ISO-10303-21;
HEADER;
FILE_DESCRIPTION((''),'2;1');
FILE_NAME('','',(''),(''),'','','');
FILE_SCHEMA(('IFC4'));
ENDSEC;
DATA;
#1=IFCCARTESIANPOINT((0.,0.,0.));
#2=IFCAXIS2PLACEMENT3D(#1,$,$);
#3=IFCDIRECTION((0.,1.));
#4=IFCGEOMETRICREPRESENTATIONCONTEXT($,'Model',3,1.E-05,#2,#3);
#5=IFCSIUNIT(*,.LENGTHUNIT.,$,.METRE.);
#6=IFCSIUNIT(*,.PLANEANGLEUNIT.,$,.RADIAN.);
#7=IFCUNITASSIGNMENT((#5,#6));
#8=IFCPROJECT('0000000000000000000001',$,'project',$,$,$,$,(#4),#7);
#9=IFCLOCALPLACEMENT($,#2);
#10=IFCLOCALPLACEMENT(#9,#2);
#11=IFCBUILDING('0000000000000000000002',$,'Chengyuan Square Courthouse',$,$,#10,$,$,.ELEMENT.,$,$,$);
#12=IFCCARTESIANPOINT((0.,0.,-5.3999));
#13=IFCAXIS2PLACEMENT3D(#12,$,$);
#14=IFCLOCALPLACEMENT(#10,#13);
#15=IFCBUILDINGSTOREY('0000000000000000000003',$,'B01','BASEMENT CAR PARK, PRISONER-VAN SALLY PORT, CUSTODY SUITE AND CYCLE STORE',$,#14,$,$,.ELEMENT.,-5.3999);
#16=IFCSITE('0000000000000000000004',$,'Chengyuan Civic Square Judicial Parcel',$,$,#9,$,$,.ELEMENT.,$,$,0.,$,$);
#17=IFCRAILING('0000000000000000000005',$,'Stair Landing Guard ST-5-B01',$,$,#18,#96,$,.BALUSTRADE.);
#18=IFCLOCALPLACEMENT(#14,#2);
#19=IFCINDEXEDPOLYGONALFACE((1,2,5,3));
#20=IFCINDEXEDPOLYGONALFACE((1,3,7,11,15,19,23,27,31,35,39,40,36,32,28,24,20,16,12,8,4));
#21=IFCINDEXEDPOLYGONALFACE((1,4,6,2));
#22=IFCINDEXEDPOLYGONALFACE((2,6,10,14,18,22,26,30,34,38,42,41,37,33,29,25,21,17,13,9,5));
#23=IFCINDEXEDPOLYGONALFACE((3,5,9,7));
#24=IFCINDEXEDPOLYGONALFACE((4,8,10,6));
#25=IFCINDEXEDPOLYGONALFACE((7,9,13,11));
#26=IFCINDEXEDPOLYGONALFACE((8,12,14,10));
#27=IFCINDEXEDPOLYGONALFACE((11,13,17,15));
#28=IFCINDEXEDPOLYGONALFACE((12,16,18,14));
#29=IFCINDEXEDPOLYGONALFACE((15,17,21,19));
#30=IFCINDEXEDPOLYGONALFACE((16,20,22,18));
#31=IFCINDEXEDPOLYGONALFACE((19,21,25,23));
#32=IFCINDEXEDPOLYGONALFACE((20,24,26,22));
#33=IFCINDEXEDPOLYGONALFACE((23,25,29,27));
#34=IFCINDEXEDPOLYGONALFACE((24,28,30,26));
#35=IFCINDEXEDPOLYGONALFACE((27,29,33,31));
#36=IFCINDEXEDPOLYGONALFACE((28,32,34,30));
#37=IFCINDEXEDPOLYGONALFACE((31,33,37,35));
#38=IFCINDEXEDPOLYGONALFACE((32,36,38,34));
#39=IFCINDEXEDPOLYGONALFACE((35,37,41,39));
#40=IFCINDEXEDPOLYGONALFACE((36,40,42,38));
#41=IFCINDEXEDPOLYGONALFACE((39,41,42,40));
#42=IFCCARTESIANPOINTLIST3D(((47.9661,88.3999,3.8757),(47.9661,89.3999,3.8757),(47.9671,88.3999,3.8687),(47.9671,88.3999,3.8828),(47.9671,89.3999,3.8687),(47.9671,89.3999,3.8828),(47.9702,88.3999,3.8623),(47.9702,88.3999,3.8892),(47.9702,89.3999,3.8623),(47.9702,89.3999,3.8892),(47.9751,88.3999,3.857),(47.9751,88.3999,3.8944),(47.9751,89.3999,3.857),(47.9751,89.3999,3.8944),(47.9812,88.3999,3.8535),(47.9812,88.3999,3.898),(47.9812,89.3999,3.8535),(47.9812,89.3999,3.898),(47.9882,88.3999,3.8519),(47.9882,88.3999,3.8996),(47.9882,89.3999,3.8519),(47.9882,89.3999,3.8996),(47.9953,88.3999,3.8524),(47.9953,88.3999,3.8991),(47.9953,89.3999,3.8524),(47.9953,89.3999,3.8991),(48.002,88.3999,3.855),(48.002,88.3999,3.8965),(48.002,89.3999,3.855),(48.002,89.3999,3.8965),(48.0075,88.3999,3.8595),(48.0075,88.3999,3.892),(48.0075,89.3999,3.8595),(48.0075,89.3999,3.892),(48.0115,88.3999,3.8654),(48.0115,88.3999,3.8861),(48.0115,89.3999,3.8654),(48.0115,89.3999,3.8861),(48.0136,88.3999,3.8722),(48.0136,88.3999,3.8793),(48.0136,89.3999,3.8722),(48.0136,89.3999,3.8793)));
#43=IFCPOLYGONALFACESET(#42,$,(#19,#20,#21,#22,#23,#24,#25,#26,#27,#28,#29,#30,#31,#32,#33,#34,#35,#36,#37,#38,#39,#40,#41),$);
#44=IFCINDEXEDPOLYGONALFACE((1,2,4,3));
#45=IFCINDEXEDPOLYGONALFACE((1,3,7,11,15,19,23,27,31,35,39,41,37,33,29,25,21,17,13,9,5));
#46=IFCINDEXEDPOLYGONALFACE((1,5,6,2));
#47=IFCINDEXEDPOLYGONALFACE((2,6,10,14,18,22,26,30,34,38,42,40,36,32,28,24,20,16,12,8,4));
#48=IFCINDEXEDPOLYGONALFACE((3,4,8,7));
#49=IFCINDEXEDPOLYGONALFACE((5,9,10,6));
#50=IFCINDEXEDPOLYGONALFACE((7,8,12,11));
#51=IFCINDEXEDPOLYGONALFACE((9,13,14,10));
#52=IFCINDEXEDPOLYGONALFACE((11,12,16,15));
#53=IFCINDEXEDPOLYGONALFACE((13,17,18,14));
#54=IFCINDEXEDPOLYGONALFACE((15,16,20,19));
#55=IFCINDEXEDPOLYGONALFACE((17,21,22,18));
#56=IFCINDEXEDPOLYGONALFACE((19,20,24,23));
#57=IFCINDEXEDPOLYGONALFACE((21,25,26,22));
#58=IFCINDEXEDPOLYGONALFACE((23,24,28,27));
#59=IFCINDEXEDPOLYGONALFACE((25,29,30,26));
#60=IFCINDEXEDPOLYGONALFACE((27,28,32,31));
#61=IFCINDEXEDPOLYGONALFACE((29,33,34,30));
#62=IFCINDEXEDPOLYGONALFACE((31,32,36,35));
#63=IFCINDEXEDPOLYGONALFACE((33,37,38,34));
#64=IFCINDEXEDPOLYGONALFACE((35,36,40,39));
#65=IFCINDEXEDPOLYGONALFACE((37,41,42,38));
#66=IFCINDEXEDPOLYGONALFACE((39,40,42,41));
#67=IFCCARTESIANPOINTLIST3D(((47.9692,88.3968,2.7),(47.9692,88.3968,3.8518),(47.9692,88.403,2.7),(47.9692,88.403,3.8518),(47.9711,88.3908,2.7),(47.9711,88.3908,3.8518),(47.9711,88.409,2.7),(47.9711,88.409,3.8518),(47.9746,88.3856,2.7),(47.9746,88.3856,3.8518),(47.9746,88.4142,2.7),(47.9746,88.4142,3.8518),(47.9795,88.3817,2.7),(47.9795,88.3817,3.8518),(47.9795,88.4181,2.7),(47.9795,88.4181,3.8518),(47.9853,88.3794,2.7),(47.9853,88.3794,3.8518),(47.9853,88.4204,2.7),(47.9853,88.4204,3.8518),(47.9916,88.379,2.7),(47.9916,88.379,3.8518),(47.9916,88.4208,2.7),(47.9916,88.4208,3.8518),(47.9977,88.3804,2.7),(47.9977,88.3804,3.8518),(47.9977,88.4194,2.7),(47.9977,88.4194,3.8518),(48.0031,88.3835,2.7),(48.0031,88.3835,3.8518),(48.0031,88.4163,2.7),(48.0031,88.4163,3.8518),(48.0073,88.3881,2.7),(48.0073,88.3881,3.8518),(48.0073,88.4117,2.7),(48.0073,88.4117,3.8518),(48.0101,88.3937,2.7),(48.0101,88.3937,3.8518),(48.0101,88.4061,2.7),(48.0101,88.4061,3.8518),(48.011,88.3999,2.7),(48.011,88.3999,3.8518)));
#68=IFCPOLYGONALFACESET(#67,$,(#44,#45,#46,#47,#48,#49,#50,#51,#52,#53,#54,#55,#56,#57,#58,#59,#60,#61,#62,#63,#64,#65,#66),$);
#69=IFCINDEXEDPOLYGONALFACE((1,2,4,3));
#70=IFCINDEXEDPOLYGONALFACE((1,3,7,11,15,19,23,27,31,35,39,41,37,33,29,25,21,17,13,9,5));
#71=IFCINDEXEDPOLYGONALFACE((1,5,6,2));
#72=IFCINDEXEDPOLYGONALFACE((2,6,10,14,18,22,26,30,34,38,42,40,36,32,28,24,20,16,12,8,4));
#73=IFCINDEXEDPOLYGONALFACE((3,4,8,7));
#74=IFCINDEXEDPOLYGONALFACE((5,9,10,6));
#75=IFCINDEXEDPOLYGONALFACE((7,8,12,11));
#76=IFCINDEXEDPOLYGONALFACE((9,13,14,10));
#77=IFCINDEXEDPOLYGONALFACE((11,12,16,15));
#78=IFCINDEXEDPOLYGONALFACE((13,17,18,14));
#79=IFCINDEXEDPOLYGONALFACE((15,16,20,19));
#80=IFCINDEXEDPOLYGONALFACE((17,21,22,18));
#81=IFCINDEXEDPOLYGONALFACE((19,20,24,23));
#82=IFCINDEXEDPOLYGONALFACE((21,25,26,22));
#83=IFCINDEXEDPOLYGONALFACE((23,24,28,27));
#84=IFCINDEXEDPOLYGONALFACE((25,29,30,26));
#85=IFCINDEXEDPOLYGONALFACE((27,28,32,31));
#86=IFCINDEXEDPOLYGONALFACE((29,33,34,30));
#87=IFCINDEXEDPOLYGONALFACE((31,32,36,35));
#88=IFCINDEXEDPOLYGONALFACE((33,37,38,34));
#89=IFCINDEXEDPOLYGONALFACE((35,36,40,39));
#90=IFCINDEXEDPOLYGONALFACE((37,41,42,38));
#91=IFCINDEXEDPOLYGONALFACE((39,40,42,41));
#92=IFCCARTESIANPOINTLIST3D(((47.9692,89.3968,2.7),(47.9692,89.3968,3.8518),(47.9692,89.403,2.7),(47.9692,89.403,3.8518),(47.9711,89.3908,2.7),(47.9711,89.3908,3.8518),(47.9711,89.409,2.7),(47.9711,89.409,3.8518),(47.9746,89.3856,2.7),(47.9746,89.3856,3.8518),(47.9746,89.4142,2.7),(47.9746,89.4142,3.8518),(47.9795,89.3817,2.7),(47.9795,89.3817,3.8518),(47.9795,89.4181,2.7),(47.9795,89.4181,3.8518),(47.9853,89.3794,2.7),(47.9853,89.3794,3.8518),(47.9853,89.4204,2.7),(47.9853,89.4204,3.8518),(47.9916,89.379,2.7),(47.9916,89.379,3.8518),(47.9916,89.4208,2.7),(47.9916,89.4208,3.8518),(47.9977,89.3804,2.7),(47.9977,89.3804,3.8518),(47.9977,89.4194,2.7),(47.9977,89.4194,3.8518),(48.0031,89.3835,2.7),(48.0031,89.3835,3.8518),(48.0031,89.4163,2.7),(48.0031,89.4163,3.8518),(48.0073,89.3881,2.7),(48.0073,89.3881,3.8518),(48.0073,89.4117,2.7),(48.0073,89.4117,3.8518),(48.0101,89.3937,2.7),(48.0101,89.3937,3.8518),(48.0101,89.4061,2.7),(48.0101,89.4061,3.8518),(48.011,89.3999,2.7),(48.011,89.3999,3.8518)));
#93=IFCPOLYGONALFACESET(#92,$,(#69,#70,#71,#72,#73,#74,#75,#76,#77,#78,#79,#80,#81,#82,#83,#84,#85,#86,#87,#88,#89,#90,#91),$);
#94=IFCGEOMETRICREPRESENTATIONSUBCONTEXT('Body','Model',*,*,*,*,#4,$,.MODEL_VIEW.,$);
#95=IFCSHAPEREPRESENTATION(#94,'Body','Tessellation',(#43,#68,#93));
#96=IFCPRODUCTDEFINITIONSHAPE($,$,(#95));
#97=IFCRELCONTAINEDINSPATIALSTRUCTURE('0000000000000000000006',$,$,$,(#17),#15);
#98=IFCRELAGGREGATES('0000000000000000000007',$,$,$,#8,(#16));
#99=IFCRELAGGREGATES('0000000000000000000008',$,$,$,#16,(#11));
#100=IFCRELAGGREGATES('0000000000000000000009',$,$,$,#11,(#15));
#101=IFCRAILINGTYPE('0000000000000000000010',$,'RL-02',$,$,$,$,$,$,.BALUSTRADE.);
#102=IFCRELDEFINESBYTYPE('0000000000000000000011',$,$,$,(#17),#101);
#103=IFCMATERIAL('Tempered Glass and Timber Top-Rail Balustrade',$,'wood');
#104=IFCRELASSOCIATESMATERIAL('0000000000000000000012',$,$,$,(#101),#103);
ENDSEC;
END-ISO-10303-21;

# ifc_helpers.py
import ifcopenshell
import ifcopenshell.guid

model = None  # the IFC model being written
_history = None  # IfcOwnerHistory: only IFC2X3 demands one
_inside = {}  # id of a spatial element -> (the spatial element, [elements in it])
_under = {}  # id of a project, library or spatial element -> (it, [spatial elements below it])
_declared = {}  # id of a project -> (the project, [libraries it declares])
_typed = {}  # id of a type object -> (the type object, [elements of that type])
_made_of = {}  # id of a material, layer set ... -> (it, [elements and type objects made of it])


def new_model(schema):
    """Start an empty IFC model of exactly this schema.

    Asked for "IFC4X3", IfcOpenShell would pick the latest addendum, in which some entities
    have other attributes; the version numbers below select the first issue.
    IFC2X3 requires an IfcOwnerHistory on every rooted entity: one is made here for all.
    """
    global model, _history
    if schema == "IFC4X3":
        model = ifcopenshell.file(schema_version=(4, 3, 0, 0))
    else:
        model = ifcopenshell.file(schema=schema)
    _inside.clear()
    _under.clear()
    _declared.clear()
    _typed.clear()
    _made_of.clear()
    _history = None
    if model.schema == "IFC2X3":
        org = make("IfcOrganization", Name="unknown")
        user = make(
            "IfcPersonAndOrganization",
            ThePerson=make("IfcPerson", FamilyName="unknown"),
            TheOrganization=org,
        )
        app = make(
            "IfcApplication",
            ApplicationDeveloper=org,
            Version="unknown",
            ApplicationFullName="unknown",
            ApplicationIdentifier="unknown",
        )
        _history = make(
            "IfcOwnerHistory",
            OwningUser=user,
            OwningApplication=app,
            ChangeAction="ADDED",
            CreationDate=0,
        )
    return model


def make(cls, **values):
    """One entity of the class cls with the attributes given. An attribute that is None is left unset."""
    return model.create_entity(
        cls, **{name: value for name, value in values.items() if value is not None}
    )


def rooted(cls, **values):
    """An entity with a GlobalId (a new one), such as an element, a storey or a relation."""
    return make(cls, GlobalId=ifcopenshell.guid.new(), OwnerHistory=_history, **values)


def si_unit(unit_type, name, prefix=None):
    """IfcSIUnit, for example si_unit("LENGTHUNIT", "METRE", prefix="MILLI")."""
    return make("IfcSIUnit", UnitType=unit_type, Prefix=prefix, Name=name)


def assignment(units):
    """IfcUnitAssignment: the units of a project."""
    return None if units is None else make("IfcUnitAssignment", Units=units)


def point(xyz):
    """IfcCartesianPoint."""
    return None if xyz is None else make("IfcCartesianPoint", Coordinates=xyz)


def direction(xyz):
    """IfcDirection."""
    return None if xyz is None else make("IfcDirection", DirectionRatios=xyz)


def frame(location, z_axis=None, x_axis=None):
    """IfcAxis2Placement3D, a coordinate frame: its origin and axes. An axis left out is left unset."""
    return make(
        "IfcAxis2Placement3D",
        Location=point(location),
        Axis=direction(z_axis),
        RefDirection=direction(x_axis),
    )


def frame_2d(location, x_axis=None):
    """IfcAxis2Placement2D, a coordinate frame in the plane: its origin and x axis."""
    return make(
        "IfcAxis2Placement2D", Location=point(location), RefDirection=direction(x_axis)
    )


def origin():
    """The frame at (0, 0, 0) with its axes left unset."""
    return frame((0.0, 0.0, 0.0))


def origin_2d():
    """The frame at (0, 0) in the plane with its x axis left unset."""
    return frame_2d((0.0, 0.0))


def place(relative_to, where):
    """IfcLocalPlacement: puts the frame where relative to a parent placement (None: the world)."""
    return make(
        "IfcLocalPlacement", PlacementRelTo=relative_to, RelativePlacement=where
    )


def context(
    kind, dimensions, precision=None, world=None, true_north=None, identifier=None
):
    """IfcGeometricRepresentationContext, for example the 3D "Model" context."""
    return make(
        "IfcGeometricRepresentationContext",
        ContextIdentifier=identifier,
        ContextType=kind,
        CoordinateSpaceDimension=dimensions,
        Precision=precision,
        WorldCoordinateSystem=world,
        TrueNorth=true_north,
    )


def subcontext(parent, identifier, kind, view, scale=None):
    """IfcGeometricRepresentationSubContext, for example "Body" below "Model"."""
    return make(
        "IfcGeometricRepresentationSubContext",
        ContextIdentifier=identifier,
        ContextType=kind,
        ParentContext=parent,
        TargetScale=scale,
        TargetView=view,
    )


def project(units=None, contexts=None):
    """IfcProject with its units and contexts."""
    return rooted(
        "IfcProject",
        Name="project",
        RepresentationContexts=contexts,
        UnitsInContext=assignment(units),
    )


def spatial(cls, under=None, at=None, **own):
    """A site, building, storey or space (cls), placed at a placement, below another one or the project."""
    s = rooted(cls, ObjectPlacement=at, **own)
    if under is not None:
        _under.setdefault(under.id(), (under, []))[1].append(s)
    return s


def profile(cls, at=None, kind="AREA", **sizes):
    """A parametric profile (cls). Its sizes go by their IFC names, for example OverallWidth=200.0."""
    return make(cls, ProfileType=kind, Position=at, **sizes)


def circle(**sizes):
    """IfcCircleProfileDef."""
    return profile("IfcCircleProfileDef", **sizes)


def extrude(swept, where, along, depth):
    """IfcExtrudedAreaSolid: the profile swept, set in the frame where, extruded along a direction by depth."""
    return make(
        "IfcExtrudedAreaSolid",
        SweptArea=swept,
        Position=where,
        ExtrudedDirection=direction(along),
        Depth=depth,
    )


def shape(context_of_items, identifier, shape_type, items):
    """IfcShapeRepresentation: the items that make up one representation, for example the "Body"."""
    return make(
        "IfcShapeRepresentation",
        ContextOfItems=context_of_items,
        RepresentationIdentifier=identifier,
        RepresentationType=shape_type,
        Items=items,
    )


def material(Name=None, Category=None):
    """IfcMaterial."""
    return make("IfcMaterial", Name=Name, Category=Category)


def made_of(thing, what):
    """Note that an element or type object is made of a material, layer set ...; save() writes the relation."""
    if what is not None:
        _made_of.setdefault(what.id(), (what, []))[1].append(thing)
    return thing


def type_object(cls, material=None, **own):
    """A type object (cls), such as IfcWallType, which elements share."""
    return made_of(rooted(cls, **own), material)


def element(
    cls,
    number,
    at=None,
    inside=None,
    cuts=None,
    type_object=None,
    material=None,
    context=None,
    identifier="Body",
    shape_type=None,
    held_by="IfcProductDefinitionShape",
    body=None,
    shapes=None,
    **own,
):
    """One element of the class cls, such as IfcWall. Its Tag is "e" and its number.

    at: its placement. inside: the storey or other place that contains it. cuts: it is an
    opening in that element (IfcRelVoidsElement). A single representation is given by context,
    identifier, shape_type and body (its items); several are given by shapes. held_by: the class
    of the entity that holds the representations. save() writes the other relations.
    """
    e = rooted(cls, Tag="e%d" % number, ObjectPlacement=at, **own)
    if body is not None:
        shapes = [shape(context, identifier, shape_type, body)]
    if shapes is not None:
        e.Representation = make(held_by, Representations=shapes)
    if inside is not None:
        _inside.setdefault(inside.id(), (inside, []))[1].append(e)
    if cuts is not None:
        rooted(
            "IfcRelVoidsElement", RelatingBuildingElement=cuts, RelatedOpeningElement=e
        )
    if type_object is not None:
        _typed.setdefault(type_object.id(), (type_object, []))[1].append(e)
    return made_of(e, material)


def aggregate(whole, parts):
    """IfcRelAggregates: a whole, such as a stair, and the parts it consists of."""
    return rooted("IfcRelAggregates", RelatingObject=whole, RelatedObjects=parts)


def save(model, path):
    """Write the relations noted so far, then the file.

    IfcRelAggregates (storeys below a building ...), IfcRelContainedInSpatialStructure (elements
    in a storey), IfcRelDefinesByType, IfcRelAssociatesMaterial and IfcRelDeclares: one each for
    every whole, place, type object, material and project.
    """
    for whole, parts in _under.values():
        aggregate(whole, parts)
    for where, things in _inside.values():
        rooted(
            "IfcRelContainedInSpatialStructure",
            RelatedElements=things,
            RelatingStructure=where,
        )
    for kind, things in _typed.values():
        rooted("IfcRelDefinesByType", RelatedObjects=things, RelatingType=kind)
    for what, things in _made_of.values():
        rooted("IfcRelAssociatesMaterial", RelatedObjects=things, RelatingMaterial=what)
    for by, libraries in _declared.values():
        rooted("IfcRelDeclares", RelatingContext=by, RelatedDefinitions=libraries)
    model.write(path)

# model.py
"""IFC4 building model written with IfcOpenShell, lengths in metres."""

from ifc_helpers import new_model, si_unit, direction, frame, origin, origin_2d, place, context, subcontext, project, spatial, circle, extrude, material, type_object, element, save


model = new_model("IFC4")

# Units and contexts
model_context = context("Model", 3, precision=1e-05, world=origin(), true_north=direction((0.0, 1.0)))
body_context = subcontext(model_context, "Body", "Model", "MODEL_VIEW")
ifc_project = project(units=[si_unit("LENGTHUNIT", "METRE"), si_unit("PLANEANGLEUNIT", "RADIAN")], contexts=[model_context])

# Site, building, storey
site_placement = place(None, origin())
site = spatial("IfcSite", under=ifc_project, at=site_placement, Name="Chengyuan Civic Square Judicial Parcel", CompositionType="ELEMENT", RefElevation=0.0)
building_placement = place(site_placement, origin())
building = spatial("IfcBuilding", under=site, at=building_placement, Name="Chengyuan Square Courthouse", CompositionType="ELEMENT")
storey_placement = place(building_placement, frame((0.0, 0.0, -5.3999)))
storey = spatial("IfcBuildingStorey", under=building, at=storey_placement, Name="B01", Description="BASEMENT CAR PARK, PRISONER-VAN SALLY PORT, CUSTODY SUITE AND CYCLE STORE", CompositionType="ELEMENT", Elevation=-5.3999)

# Railing
ifc_material_1 = material(Name="Tempered Glass and Timber Top-Rail Balustrade", Category="wood")
railing_type_1 = type_object("IfcRailingType", Name="RL-02", PredefinedType="BALUSTRADE", material=ifc_material_1)
for number, where, name in (
    (1, (47.99, 88.3999, 2.7), "Stair Landing Guard ST-5-B01"),
):
    element("IfcRailing", number, at=place(storey_placement, frame(where)), inside=storey, type_object=railing_type_1, Name=name, PredefinedType="BALUSTRADE", context=body_context, shape_type="SweptSolid", body=[
        extrude(circle(Radius=0.0239, at=origin_2d()), frame((0.0, 0.0, 1.1758), z_axis=(0.0, 1.0, 0.0), x_axis=(-1.0, 0.0, 0.0)), (0.0, 0.0, 1.0), 1.0),
        extrude(circle(Radius=0.021, at=origin_2d()), origin(), (0.0, 0.0, 1.0), 1.1519),
        extrude(circle(Radius=0.021, at=origin_2d()), frame((0.0, 1.0, 0.0)), (0.0, 0.0, 1.0), 1.1519),
    ])

save(model, "model.ifc")
